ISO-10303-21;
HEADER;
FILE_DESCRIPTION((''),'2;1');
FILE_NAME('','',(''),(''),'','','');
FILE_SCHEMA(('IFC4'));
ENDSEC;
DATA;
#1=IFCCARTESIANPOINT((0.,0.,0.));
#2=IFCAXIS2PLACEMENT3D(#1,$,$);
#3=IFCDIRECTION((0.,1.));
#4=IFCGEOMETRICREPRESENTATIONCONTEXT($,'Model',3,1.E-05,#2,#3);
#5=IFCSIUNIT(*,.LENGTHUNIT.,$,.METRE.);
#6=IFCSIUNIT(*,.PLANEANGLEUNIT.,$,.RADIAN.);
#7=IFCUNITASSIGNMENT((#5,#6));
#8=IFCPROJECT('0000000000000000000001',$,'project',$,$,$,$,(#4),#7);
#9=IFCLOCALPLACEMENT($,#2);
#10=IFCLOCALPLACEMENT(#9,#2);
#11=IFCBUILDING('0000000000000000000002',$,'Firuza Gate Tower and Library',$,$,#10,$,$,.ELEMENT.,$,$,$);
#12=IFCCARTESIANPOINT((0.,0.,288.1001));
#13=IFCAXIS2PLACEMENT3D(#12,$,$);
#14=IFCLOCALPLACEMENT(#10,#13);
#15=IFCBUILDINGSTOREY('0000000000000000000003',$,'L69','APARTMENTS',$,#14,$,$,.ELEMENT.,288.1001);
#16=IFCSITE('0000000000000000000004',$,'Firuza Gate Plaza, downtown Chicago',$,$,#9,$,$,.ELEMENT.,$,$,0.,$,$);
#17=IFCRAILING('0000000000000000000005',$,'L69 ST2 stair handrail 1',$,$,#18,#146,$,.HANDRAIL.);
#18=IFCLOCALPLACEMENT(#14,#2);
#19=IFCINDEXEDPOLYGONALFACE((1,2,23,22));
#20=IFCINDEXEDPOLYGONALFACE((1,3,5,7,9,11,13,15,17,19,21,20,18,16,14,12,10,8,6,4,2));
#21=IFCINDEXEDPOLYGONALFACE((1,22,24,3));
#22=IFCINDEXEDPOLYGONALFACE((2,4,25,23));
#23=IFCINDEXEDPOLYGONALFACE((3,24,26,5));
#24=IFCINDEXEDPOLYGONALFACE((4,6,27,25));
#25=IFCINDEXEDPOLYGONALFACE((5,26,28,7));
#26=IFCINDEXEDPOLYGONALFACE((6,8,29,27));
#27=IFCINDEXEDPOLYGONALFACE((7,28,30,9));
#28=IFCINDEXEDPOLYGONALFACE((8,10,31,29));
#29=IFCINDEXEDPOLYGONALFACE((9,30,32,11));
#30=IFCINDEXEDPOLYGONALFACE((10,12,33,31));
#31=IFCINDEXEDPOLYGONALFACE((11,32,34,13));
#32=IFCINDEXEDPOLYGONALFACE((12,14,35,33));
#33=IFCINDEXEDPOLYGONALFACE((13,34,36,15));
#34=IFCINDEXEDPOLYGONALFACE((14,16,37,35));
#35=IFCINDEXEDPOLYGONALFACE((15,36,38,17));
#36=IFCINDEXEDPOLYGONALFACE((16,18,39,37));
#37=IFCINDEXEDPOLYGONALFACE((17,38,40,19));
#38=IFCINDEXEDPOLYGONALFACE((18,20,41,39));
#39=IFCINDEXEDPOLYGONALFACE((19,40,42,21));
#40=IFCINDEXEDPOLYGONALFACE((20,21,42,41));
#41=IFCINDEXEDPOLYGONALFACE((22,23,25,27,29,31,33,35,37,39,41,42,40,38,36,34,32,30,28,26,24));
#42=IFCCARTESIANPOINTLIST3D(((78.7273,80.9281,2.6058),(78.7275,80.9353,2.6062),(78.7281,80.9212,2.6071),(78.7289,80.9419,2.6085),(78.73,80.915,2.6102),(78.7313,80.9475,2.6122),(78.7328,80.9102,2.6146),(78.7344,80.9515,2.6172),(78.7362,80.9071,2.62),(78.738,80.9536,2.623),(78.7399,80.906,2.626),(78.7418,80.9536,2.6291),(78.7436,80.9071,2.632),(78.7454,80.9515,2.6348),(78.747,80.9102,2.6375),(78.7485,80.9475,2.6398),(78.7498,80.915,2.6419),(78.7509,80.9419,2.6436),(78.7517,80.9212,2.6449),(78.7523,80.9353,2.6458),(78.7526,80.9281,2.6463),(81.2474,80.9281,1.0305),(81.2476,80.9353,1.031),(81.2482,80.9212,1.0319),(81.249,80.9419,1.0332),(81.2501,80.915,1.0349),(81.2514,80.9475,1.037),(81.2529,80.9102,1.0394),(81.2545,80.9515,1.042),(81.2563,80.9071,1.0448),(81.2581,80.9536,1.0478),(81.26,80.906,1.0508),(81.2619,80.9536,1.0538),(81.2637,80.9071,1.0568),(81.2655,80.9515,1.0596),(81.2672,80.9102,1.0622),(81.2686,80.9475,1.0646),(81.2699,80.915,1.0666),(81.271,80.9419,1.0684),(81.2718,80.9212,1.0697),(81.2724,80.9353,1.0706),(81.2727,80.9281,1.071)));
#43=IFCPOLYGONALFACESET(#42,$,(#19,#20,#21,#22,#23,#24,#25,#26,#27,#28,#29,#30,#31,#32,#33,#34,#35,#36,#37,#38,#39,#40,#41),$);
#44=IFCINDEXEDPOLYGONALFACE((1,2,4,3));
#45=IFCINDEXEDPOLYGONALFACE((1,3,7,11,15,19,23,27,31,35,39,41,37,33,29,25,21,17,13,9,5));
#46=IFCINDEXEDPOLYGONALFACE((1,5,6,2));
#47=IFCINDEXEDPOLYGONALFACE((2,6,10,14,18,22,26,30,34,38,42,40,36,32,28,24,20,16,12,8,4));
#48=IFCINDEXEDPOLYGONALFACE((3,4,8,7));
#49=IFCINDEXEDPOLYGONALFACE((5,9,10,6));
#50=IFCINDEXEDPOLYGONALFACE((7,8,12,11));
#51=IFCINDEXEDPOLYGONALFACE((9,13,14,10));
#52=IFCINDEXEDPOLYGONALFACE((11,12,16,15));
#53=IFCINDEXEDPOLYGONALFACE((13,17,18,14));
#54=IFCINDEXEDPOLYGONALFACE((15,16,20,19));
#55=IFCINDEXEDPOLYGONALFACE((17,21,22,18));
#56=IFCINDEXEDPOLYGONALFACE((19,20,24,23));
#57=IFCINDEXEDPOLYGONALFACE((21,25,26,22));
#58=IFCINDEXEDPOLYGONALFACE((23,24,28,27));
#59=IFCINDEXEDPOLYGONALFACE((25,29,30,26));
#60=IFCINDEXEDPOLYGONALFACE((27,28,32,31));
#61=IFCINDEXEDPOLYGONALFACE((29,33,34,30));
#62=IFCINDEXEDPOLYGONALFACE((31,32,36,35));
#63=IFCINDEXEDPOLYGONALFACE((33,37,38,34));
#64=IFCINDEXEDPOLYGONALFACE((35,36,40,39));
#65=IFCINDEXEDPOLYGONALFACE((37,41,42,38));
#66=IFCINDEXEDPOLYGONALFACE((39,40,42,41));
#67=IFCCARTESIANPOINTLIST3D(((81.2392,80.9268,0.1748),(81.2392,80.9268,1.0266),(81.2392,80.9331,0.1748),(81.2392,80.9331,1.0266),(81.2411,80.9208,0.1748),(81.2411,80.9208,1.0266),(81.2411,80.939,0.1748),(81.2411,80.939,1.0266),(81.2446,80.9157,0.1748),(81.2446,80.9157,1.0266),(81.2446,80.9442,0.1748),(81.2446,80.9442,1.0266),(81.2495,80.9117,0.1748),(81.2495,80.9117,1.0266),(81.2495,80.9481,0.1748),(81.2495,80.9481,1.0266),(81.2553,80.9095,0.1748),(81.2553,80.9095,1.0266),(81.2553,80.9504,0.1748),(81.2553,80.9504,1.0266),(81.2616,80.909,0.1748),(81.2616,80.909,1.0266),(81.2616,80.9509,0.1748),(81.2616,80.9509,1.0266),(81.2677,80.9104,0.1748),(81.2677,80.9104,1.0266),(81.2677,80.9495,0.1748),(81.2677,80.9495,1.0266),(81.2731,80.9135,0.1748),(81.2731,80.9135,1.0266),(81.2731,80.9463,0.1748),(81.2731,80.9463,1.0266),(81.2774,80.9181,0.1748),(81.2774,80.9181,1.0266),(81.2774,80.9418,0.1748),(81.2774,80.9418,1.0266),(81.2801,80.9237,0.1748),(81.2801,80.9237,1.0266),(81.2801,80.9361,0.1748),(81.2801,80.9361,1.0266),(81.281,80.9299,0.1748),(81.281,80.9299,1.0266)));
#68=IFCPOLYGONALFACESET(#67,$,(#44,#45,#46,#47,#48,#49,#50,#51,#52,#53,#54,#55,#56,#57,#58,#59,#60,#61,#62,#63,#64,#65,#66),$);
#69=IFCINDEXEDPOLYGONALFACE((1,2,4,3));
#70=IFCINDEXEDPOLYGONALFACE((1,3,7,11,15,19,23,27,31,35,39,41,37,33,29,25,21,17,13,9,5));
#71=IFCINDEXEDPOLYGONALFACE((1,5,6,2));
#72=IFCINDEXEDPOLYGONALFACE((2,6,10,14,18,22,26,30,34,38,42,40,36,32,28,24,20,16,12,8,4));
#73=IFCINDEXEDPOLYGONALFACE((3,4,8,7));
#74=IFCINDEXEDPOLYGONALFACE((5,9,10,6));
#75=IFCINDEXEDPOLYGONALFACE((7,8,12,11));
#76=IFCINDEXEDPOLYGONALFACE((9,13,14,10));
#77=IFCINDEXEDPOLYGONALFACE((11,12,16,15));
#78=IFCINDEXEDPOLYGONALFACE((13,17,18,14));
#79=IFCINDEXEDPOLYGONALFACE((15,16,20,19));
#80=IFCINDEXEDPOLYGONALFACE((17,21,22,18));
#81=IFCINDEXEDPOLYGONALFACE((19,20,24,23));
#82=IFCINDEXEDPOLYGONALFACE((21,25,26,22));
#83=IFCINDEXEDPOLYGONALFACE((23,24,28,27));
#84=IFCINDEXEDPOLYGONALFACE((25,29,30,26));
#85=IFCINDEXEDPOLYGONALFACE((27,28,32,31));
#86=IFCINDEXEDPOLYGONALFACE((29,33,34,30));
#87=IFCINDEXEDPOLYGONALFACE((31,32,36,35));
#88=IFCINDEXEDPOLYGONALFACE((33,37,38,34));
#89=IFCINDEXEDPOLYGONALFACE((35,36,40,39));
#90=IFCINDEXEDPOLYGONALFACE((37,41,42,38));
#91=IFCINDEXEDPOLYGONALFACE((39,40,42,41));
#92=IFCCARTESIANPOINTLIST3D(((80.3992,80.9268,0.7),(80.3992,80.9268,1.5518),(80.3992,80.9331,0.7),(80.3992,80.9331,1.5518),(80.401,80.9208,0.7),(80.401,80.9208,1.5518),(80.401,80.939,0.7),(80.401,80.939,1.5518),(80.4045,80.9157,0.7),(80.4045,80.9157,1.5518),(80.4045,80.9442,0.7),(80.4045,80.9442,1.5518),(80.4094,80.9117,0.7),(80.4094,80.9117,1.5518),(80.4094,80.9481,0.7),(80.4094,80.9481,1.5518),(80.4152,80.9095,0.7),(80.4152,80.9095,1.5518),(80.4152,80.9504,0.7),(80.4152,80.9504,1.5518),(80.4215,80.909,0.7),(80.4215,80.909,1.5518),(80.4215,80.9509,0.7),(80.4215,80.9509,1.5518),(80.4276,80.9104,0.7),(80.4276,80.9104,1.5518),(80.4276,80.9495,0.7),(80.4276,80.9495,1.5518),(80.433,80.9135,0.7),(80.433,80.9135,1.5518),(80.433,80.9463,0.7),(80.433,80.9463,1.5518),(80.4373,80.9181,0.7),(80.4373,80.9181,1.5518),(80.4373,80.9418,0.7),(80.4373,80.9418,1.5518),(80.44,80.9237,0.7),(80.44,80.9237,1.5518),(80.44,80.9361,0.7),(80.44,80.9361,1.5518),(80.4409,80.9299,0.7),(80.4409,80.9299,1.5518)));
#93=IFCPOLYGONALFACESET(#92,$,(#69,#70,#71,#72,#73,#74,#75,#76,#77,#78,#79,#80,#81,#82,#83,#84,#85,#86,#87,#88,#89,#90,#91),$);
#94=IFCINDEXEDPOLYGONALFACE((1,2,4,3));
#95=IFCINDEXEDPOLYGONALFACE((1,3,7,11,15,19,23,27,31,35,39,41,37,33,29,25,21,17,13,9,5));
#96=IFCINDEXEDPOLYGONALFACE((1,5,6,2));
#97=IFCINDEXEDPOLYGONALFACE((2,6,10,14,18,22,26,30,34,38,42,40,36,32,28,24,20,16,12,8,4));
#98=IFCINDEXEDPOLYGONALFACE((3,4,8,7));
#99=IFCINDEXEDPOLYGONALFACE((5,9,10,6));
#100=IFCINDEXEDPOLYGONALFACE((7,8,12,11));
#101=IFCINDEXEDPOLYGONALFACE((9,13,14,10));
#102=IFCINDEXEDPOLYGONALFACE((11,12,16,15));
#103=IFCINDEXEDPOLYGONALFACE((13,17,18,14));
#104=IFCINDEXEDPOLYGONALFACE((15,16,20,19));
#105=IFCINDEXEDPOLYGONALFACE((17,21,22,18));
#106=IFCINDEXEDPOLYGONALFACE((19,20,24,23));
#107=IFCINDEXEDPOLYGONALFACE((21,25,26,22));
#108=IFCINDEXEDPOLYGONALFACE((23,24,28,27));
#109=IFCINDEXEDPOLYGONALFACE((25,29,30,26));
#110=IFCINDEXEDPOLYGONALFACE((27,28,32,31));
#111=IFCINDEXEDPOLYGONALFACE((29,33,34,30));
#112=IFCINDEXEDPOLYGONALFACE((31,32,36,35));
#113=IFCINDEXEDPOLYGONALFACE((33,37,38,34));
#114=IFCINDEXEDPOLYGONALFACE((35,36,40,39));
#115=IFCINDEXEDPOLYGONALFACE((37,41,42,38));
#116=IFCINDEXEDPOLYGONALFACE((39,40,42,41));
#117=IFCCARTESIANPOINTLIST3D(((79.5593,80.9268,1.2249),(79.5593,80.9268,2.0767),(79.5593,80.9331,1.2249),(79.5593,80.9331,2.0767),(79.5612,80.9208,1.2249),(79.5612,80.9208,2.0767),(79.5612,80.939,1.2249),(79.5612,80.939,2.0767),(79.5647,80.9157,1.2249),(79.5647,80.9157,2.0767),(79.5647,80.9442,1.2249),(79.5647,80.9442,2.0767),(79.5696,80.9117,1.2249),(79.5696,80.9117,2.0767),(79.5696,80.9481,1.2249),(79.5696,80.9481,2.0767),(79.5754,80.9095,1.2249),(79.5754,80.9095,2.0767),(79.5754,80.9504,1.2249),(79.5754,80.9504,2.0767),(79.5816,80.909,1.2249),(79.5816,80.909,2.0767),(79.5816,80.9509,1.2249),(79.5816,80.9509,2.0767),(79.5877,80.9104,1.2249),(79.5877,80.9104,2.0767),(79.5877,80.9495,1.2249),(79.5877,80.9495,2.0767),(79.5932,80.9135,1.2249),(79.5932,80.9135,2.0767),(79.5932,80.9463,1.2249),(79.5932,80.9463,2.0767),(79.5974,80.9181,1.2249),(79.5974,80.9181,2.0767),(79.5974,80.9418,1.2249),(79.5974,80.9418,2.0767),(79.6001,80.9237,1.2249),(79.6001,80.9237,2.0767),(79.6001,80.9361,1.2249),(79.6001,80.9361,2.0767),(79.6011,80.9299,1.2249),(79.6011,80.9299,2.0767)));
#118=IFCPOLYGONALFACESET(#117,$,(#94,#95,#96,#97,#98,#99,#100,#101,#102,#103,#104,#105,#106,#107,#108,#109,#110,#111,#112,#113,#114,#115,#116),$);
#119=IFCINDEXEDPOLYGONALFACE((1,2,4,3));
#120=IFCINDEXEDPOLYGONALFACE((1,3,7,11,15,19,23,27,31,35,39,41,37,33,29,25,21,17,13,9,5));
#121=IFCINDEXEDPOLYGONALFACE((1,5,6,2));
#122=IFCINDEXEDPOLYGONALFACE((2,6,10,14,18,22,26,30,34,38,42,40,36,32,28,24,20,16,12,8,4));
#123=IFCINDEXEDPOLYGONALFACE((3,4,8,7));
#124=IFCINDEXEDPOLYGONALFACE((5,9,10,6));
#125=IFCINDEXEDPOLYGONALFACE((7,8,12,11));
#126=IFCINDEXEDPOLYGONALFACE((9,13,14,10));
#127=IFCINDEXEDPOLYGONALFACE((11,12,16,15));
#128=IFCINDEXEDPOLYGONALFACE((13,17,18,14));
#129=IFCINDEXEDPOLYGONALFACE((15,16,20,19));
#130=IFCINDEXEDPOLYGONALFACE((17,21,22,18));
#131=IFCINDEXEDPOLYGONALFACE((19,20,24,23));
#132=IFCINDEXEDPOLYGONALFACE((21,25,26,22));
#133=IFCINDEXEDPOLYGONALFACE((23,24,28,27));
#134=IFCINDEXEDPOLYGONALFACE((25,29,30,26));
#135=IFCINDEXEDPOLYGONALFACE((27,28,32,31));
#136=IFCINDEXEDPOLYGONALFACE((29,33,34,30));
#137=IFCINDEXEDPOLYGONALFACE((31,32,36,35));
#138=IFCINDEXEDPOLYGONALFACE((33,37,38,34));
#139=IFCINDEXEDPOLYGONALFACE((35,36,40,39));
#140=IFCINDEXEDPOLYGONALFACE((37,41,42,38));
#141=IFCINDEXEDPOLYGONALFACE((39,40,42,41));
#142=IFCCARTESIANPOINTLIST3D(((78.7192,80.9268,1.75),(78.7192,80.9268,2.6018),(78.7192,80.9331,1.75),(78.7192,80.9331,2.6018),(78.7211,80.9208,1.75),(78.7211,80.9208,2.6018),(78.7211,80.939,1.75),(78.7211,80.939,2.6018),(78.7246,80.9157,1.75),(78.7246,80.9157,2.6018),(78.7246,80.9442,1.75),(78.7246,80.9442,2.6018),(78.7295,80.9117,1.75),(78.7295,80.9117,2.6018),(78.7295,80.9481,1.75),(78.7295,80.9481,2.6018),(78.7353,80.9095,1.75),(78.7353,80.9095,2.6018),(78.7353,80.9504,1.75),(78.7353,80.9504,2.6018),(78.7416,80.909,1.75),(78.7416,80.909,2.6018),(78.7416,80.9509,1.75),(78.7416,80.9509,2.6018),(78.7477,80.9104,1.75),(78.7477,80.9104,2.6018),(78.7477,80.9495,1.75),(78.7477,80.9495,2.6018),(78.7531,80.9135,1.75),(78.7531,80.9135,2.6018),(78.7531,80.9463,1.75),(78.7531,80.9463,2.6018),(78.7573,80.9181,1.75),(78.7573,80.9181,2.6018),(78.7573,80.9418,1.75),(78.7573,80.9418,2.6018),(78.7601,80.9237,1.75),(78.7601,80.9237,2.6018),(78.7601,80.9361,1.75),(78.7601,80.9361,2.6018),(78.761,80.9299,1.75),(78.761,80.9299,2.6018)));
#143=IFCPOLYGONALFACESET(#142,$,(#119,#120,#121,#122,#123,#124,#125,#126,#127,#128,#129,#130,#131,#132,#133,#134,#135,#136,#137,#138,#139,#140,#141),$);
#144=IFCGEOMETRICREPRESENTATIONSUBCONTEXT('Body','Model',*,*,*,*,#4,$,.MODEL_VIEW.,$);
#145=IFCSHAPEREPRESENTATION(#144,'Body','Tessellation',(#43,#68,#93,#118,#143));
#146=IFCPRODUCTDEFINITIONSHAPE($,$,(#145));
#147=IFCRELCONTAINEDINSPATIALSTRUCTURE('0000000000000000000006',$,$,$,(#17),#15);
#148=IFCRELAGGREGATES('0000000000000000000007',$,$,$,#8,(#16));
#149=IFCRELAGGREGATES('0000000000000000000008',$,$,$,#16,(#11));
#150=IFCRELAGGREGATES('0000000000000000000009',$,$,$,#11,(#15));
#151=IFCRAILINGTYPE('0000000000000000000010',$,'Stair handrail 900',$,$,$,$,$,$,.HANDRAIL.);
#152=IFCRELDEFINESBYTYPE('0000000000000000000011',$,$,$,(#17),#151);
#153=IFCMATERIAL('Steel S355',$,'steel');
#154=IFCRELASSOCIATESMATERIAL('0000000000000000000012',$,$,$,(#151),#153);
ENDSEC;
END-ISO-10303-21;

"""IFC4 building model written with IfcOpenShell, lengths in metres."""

from ifc_helpers import new_model, si_unit, direction, frame, origin, origin_2d, place, context, subcontext, project, spatial, circle, extrude, material, type_object, element, save


model = new_model("IFC4")

# Units and contexts
model_context = context("Model", 3, precision=1e-05, world=origin(), true_north=direction((0.0, 1.0)))
body_context = subcontext(model_context, "Body", "Model", "MODEL_VIEW")
ifc_project = project(units=[si_unit("LENGTHUNIT", "METRE"), si_unit("PLANEANGLEUNIT", "RADIAN")], contexts=[model_context])

# Site, building, storey
site_placement = place(None, origin())
site = spatial("IfcSite", under=ifc_project, at=site_placement, Name="Firuza Gate Plaza, downtown Chicago", CompositionType="ELEMENT", RefElevation=0.0)
building_placement = place(site_placement, origin())
building = spatial("IfcBuilding", under=site, at=building_placement, Name="Firuza Gate Tower and Library", CompositionType="ELEMENT")
storey_placement = place(building_placement, frame((0.0, 0.0, 288.1001)))
storey = spatial("IfcBuildingStorey", under=building, at=storey_placement, Name="L69", Description="APARTMENTS", CompositionType="ELEMENT", Elevation=288.1001)

# Railing
ifc_material_1 = material(Name="Steel S355", Category="steel")
railing_type_1 = type_object("IfcRailingType", Name="Stair handrail 900", PredefinedType="HANDRAIL", material=ifc_material_1)
railing_1_placement = place(storey_placement, frame((81.26, 80.9299, 0.1748)))
element("IfcRailing", 1, at=railing_1_placement, inside=storey, type_object=railing_type_1, Name="L69 ST2 stair handrail 1", PredefinedType="HANDRAIL", context=body_context, shape_type="SweptSolid", body=[
    extrude(circle(Radius=0.0239, at=origin_2d()), frame((0.0, 0.0, 0.876), z_axis=(-0.847971, 0.0, 0.530043), x_axis=(0.0, -1.0, 0.0)), (0.0, 0.0, 1.0), 2.9719),
    extrude(circle(Radius=0.021, at=origin_2d()), origin(), (0.0, 0.0, 1.0), 0.8518),
    extrude(circle(Radius=0.021, at=origin_2d()), frame((-0.8401, 0.0, 0.5251)), (0.0, 0.0, 1.0), 0.8518),
    extrude(circle(Radius=0.021, at=origin_2d()), frame((-1.6799, 0.0, 1.05)), (0.0, 0.0, 1.0), 0.8518),
    extrude(circle(Radius=0.021, at=origin_2d()), frame((-2.52, 0.0, 1.5752)), (0.0, 0.0, 1.0), 0.8518),
])

save(model, "model.ifc")
